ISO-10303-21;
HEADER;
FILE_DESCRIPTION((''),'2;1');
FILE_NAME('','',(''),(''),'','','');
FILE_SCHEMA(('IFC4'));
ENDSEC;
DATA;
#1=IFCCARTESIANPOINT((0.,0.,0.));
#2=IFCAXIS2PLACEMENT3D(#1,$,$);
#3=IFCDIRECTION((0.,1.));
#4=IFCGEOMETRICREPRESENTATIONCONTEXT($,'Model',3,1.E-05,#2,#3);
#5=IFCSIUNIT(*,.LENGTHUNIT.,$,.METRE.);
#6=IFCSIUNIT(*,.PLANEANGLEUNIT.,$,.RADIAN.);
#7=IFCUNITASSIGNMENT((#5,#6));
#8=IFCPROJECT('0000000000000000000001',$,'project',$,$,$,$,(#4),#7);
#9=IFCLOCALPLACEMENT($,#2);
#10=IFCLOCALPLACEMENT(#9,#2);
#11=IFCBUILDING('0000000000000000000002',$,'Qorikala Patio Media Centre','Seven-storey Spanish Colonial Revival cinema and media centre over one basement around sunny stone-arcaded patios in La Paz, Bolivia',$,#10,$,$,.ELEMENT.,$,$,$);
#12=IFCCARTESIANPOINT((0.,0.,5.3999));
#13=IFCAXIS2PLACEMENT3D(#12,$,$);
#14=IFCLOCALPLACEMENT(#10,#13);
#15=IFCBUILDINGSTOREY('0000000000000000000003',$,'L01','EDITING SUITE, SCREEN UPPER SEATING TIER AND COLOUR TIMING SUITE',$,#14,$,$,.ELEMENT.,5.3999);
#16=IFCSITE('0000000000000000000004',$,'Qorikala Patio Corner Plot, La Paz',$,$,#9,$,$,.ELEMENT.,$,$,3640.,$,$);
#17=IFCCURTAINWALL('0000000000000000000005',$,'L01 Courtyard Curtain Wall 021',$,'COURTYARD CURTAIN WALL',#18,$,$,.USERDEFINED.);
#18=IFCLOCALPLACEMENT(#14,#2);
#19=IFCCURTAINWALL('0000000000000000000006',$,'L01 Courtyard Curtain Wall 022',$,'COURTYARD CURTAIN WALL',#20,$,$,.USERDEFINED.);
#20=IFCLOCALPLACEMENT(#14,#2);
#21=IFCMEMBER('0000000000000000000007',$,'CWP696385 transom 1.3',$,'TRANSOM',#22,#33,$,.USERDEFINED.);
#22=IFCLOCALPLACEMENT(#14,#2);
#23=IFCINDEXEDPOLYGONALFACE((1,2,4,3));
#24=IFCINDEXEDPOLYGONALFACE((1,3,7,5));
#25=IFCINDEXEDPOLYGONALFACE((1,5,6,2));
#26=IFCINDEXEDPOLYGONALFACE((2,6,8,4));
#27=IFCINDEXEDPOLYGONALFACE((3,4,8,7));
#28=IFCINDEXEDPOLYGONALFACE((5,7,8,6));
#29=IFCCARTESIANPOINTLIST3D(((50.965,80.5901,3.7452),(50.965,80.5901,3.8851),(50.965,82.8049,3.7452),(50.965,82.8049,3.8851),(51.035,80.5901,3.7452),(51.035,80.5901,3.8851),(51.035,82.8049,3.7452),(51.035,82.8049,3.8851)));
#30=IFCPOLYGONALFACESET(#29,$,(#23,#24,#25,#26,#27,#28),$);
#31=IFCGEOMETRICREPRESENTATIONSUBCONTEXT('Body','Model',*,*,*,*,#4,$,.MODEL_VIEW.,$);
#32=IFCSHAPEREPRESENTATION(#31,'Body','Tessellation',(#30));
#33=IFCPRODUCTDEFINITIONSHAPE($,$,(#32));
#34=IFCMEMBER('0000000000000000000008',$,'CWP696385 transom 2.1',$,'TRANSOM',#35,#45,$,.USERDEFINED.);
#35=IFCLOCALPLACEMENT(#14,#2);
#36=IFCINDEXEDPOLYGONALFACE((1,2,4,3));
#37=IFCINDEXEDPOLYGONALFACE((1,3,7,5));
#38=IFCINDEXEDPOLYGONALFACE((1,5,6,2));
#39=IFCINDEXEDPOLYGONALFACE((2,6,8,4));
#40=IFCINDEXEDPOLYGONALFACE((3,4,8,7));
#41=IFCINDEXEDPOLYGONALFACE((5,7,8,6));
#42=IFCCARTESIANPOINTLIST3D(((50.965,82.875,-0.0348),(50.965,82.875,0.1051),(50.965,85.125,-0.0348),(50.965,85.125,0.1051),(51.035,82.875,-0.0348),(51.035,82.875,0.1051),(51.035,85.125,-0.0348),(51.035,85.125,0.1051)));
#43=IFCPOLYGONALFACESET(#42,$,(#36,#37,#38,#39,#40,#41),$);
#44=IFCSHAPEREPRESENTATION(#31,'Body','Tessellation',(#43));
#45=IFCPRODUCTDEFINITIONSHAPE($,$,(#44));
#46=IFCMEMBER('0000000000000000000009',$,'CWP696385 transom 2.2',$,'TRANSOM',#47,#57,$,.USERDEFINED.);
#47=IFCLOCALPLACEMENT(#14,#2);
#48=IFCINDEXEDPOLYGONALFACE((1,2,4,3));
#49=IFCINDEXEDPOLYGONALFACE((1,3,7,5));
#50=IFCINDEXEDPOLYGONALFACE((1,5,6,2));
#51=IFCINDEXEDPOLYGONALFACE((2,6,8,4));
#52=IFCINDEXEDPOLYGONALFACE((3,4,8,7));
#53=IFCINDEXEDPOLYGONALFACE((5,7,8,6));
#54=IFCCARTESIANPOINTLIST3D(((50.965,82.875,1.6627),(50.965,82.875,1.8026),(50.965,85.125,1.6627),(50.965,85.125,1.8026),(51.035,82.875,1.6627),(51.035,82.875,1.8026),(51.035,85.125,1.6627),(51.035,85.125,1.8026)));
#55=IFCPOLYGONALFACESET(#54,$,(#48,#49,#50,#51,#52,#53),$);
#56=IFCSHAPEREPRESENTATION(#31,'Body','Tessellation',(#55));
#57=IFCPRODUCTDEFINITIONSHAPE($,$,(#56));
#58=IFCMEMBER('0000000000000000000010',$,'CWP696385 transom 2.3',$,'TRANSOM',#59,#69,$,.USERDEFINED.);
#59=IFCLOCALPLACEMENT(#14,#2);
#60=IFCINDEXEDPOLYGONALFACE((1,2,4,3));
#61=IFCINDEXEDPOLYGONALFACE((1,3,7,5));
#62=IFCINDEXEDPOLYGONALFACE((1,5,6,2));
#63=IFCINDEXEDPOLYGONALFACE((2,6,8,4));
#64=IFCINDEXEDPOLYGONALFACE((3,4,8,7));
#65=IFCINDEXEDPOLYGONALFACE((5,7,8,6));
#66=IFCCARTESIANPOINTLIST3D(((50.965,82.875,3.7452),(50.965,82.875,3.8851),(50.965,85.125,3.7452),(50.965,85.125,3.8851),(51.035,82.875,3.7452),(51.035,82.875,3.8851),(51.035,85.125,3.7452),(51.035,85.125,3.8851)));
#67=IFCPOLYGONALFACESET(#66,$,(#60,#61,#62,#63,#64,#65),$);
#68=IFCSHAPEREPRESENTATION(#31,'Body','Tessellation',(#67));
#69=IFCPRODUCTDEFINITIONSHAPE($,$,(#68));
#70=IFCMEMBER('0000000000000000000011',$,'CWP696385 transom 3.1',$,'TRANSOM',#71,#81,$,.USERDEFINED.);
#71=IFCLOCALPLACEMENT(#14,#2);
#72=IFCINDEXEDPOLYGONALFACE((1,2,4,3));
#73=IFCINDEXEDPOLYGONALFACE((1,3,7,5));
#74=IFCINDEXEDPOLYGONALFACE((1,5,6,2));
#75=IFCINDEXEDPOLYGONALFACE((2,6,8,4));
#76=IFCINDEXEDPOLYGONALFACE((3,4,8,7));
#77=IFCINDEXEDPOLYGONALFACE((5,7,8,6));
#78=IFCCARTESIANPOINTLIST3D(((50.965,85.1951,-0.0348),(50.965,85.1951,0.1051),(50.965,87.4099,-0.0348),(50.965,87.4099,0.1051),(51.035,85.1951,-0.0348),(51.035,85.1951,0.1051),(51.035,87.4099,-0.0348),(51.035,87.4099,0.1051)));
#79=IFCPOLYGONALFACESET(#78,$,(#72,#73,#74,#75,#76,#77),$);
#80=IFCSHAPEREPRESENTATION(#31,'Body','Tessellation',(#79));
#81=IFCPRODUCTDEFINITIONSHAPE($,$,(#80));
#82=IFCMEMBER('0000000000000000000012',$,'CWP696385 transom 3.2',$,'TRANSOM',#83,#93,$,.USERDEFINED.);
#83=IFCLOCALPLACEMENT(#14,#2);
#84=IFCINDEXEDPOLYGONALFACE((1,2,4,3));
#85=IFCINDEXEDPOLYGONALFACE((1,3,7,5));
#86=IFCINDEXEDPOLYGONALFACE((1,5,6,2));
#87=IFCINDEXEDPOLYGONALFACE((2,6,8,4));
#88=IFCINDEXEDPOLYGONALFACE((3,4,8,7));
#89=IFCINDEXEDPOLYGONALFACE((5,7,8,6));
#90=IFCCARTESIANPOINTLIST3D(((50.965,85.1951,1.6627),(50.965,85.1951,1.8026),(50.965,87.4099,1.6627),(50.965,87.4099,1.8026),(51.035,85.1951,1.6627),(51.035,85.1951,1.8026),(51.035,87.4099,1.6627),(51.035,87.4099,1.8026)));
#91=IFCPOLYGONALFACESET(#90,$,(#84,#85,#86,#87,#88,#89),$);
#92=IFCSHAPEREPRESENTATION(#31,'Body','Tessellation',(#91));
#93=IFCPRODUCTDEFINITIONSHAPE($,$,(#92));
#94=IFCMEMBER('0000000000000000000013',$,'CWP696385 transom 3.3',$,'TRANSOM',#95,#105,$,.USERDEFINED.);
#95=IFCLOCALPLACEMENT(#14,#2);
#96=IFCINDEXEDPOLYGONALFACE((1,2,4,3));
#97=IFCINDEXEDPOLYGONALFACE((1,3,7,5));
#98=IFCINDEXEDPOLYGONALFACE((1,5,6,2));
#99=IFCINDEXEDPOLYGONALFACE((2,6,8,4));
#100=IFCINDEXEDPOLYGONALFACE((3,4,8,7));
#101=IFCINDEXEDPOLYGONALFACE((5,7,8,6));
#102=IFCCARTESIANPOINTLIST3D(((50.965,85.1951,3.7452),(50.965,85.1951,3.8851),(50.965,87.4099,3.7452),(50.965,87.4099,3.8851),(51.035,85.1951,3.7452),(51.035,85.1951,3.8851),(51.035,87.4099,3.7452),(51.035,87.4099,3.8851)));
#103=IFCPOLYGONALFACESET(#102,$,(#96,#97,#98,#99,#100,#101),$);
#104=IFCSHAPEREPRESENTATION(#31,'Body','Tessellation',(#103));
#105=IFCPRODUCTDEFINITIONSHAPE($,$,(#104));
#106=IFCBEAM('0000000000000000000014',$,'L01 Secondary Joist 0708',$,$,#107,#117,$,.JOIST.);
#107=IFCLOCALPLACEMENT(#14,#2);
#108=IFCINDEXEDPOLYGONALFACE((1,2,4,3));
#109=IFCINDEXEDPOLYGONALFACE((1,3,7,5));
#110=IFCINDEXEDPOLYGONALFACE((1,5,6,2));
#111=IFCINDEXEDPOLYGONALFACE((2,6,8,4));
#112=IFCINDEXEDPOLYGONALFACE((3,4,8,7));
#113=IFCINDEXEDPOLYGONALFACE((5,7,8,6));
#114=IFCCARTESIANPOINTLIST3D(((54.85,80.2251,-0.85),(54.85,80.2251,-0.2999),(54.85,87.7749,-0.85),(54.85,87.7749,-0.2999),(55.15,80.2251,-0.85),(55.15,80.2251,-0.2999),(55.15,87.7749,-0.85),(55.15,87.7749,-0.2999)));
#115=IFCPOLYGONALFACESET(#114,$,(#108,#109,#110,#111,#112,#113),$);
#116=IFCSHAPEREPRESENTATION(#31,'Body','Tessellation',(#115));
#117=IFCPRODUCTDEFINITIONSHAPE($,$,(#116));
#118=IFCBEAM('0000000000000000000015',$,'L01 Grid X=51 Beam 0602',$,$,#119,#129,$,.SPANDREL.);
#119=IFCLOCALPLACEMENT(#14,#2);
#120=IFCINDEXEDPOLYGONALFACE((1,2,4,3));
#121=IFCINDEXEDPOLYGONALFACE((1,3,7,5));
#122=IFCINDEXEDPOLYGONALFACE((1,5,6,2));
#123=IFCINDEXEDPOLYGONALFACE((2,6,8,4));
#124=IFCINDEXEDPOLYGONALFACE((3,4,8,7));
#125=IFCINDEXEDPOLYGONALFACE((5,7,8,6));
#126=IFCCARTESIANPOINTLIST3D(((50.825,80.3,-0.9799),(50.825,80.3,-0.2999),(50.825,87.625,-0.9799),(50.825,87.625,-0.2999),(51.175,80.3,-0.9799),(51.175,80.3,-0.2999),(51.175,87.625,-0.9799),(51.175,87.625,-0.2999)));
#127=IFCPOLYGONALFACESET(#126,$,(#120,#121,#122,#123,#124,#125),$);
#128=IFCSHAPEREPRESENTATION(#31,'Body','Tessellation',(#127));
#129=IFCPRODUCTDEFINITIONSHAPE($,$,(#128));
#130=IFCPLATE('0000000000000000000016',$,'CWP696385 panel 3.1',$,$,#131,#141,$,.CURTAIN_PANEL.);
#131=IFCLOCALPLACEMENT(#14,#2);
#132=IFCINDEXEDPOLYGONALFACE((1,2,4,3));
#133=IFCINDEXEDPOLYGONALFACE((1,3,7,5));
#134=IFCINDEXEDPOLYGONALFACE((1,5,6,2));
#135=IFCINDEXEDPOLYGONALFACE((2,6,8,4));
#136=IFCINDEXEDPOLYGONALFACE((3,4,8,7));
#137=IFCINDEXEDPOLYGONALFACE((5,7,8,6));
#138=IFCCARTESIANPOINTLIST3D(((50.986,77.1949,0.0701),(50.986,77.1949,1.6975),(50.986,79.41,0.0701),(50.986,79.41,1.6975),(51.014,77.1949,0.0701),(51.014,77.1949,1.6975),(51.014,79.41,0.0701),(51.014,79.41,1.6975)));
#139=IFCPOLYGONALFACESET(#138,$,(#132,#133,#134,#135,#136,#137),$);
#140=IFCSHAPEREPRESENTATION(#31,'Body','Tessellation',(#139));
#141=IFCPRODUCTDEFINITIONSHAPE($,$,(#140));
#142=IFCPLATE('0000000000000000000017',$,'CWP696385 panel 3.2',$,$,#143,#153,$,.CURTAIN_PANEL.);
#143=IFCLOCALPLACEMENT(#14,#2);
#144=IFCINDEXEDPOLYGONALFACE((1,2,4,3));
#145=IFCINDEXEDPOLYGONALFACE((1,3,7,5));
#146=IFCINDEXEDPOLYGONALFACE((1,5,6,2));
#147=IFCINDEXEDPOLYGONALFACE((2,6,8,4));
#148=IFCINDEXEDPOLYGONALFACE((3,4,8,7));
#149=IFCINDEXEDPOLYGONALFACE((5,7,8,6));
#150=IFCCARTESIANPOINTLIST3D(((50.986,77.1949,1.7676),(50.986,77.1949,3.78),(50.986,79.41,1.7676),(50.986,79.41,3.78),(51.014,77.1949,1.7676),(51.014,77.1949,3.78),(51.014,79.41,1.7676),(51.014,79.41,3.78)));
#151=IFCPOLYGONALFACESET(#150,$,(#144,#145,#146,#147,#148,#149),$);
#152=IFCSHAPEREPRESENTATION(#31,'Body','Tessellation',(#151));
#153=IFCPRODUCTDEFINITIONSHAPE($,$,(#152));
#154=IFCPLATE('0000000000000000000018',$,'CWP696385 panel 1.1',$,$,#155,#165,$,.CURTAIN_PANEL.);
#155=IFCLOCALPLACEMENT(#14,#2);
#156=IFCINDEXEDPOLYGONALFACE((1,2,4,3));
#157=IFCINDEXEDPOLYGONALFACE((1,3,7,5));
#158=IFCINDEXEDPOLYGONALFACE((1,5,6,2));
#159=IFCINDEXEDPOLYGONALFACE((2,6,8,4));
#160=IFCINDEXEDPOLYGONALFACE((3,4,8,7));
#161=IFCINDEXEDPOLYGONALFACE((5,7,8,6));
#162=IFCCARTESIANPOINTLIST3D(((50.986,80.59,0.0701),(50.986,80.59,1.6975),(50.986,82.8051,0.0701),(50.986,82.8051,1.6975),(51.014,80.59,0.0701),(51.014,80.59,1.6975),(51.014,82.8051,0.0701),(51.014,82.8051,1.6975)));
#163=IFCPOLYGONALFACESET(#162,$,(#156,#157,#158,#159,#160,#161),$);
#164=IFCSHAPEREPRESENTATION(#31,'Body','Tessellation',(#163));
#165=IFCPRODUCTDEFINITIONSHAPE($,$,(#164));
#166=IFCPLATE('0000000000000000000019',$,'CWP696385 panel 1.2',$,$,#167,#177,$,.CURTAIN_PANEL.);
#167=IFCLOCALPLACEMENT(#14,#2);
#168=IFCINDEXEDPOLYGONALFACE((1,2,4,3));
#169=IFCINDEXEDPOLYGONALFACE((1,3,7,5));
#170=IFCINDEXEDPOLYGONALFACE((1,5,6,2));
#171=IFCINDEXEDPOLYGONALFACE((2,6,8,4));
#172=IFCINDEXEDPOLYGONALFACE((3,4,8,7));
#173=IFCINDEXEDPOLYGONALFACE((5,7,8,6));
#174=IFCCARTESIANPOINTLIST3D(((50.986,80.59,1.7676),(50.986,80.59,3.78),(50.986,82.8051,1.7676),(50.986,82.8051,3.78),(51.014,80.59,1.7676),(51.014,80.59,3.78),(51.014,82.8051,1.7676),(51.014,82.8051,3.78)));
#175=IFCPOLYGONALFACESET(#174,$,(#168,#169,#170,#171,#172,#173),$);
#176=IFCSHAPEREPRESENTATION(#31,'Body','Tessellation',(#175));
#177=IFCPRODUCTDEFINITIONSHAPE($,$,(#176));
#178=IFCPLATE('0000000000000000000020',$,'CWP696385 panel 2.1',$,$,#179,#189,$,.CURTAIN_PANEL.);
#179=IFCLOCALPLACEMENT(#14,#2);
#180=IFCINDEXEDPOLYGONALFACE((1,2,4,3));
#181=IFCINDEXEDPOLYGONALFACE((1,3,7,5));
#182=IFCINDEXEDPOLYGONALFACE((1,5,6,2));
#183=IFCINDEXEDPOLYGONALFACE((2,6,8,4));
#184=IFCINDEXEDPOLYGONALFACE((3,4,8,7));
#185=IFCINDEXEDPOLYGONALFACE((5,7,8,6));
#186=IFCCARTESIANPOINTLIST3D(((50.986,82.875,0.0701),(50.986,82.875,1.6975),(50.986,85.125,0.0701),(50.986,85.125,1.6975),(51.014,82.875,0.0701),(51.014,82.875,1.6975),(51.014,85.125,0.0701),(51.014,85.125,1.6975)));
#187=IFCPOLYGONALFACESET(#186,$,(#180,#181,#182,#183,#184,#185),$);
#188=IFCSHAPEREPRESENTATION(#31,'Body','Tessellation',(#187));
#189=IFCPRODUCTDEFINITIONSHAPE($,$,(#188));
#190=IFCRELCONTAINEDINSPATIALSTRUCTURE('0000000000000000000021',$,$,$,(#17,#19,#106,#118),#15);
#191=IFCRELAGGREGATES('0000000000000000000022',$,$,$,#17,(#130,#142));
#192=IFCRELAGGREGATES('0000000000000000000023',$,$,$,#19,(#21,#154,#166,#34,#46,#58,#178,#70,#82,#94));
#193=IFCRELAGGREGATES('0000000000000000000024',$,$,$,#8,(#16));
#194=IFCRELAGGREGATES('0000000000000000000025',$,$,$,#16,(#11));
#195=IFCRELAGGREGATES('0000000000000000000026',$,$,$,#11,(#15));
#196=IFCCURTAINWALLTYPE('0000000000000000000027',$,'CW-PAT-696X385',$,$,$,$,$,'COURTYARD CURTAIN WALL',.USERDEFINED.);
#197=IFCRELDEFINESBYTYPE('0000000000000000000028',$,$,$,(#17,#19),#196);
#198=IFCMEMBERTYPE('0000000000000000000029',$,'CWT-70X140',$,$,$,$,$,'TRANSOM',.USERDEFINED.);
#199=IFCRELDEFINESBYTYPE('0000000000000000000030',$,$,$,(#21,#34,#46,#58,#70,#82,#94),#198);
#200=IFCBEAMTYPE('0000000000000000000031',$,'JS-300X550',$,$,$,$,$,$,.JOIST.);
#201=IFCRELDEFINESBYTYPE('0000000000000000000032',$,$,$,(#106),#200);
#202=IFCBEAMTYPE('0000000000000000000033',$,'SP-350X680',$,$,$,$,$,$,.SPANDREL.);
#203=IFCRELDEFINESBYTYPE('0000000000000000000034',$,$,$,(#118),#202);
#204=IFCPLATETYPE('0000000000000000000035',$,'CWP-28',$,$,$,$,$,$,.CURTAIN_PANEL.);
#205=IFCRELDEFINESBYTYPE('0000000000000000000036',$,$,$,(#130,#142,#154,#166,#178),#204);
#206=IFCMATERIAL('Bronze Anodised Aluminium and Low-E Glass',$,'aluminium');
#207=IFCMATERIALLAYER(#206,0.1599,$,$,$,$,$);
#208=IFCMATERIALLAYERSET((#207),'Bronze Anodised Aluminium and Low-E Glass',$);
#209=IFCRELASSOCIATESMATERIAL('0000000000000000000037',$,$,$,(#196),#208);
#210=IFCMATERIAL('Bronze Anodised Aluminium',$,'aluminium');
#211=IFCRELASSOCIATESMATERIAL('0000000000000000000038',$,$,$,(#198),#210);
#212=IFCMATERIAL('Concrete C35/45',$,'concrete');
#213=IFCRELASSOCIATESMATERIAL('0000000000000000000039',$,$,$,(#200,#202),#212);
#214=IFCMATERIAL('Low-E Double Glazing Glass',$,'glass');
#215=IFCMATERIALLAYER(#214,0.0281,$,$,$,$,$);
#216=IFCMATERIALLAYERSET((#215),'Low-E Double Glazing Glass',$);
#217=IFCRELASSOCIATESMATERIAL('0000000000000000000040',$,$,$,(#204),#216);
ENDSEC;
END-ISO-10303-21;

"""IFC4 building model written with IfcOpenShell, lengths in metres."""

from ifc_helpers import new_model, si_unit, direction, frame, origin, origin_2d, place, context, subcontext, project, spatial, rectangle, extrude, material, layer, layer_set, material_profile, profile_set, type_object, element, aggregate, save


model = new_model("IFC4")

# Units and contexts
model_context = context("Model", 3, precision=1e-05, world=origin(), true_north=direction((0.0, 1.0)))
body_context = subcontext(model_context, "Body", "Model", "MODEL_VIEW")
ifc_project = project(units=[si_unit("LENGTHUNIT", "METRE"), si_unit("PLANEANGLEUNIT", "RADIAN")], contexts=[model_context])

# Site, building, storey
site_placement = place(None, origin())
site = spatial("IfcSite", under=ifc_project, at=site_placement, Name="Qorikala Patio Corner Plot, La Paz", CompositionType="ELEMENT", RefElevation=3640.0)
building_placement = place(site_placement, origin())
building = spatial("IfcBuilding", under=site, at=building_placement, Name="Qorikala Patio Media Centre", Description="Seven-storey Spanish Colonial Revival cinema and media centre over one basement around sunny stone-arcaded patios in La Paz, Bolivia", CompositionType="ELEMENT")
storey_placement = place(building_placement, frame((0.0, 0.0, 5.3999)))
storey = spatial("IfcBuildingStorey", under=building, at=storey_placement, Name="L01", Description="EDITING SUITE, SCREEN UPPER SEATING TIER AND COLOUR TIMING SUITE", CompositionType="ELEMENT", Elevation=5.3999)

# Shared definitions
ifc_material_1 = material(Name="Concrete C35/45", Category="concrete")

# Curtain wall
ifc_material_2 = material(Name="Bronze Anodised Aluminium and Low-E Glass", Category="aluminium")
ifc_layer_1 = layer(ifc_material_2, 0.1599)
ifc_layer_set_1 = layer_set([ifc_layer_1], Name="Bronze Anodised Aluminium and Low-E Glass")
curtain_wall_type = type_object("IfcCurtainWallType", Name="CW-PAT-696X385", ElementType="COURTYARD CURTAIN WALL", PredefinedType="USERDEFINED", material=ifc_layer_set_1)
curtain_wall_1_placement = place(storey_placement, origin())
curtain_wall_1 = element("IfcCurtainWall", 1, at=curtain_wall_1_placement, inside=storey, type_object=curtain_wall_type, Name="L01 Courtyard Curtain Wall 021", ObjectType="COURTYARD CURTAIN WALL", PredefinedType="USERDEFINED")
ifc_material_3 = material(Name="Bronze Anodised Aluminium", Category="aluminium")

# Curtain wall
curtain_wall_2_placement = place(storey_placement, origin())
curtain_wall_2 = element("IfcCurtainWall", 2, at=curtain_wall_2_placement, inside=storey, type_object=curtain_wall_type, Name="L01 Courtyard Curtain Wall 022", ObjectType="COURTYARD CURTAIN WALL", PredefinedType="USERDEFINED")

# Members
ifc_material_profile_1 = material_profile(ifc_material_3, rectangle(XDim=0.0701, YDim=0.1399, at=origin_2d()), Name="ALU TRANSOM 70x140")
ifc_profile_set_1 = profile_set([ifc_material_profile_1], Name="Bronze Anodised Aluminium")
member_type_1 = type_object("IfcMemberType", Name="CWT-70X140", ElementType="TRANSOM", PredefinedType="USERDEFINED", material=ifc_profile_set_1)
member_1_placement = place(storey_placement, frame((51.0, 80.5901, 3.8152), z_axis=(0.0, 1.0, 0.0), x_axis=(-1.0, 0.0, 0.0)))
member_1 = element("IfcMember", 3, at=member_1_placement, type_object=member_type_1, Name="CWP696385 transom 1.3", ObjectType="TRANSOM", PredefinedType="USERDEFINED", context=body_context, shape_type="SweptSolid", body=[
    extrude(rectangle(XDim=0.0701, YDim=0.1399, at=origin_2d()), origin(), (0.0, 0.0, 1.0), 2.2148),
])
member_2_placement = place(storey_placement, frame((51.0, 82.875, 0.0352), z_axis=(0.0, 1.0, 0.0), x_axis=(-1.0, 0.0, 0.0)))
member_2 = element("IfcMember", 4, at=member_2_placement, type_object=member_type_1, Name="CWP696385 transom 2.1", ObjectType="TRANSOM", PredefinedType="USERDEFINED", context=body_context, shape_type="SweptSolid", body=[
    extrude(rectangle(XDim=0.0701, YDim=0.1399, at=origin_2d()), origin(), (0.0, 0.0, 1.0), 2.25),
])
member_3_placement = place(storey_placement, frame((51.0, 82.875, 1.7327), z_axis=(0.0, 1.0, 0.0), x_axis=(-1.0, 0.0, 0.0)))
member_3 = element("IfcMember", 5, at=member_3_placement, type_object=member_type_1, Name="CWP696385 transom 2.2", ObjectType="TRANSOM", PredefinedType="USERDEFINED", context=body_context, shape_type="SweptSolid", body=[
    extrude(rectangle(XDim=0.0701, YDim=0.1399, at=origin_2d()), origin(), (0.0, 0.0, 1.0), 2.25),
])
member_4_placement = place(storey_placement, frame((51.0, 82.875, 3.8152), z_axis=(0.0, 1.0, 0.0), x_axis=(-1.0, 0.0, 0.0)))
member_4 = element("IfcMember", 6, at=member_4_placement, type_object=member_type_1, Name="CWP696385 transom 2.3", ObjectType="TRANSOM", PredefinedType="USERDEFINED", context=body_context, shape_type="SweptSolid", body=[
    extrude(rectangle(XDim=0.0701, YDim=0.1399, at=origin_2d()), origin(), (0.0, 0.0, 1.0), 2.25),
])
member_5_placement = place(storey_placement, frame((51.0, 85.1951, 0.0352), z_axis=(0.0, 1.0, 0.0), x_axis=(-1.0, 0.0, 0.0)))
member_5 = element("IfcMember", 7, at=member_5_placement, type_object=member_type_1, Name="CWP696385 transom 3.1", ObjectType="TRANSOM", PredefinedType="USERDEFINED", context=body_context, shape_type="SweptSolid", body=[
    extrude(rectangle(XDim=0.0701, YDim=0.1399, at=origin_2d()), origin(), (0.0, 0.0, 1.0), 2.2148),
])
member_6_placement = place(storey_placement, frame((51.0, 85.1951, 1.7327), z_axis=(0.0, 1.0, 0.0), x_axis=(-1.0, 0.0, 0.0)))
member_6 = element("IfcMember", 8, at=member_6_placement, type_object=member_type_1, Name="CWP696385 transom 3.2", ObjectType="TRANSOM", PredefinedType="USERDEFINED", context=body_context, shape_type="SweptSolid", body=[
    extrude(rectangle(XDim=0.0701, YDim=0.1399, at=origin_2d()), origin(), (0.0, 0.0, 1.0), 2.2148),
])
member_7_placement = place(storey_placement, frame((51.0, 85.1951, 3.8152), z_axis=(0.0, 1.0, 0.0), x_axis=(-1.0, 0.0, 0.0)))
member_7 = element("IfcMember", 9, at=member_7_placement, type_object=member_type_1, Name="CWP696385 transom 3.3", ObjectType="TRANSOM", PredefinedType="USERDEFINED", context=body_context, shape_type="SweptSolid", body=[
    extrude(rectangle(XDim=0.0701, YDim=0.1399, at=origin_2d()), origin(), (0.0, 0.0, 1.0), 2.2148),
])

# Beams
ifc_material_profile_2 = material_profile(ifc_material_1, rectangle(XDim=0.3, YDim=0.55, at=origin_2d()), Name="RC 300x550")
ifc_profile_set_2 = profile_set([ifc_material_profile_2], Name="Concrete C35/45")
beam_type_1 = type_object("IfcBeamType", Name="JS-300X550", PredefinedType="JOIST", material=ifc_profile_set_2)
beam_1_placement = place(storey_placement, frame((55.0, 80.2251, -0.575), z_axis=(0.0, 1.0, 0.0), x_axis=(-1.0, 0.0, 0.0)))
element("IfcBeam", 10, at=beam_1_placement, inside=storey, type_object=beam_type_1, Name="L01 Secondary Joist 0708", PredefinedType="JOIST", context=body_context, shape_type="SweptSolid", body=[
    extrude(rectangle(XDim=0.3, YDim=0.55, at=origin_2d()), origin(), (0.0, 0.0, 1.0), 7.5498),
])
ifc_material_profile_3 = material_profile(ifc_material_1, rectangle(XDim=0.3501, YDim=0.6799, at=origin_2d()), Name="RC 350x680")
ifc_profile_set_3 = profile_set([ifc_material_profile_3], Name="Concrete C35/45")
beam_type_2 = type_object("IfcBeamType", Name="SP-350X680", PredefinedType="SPANDREL", material=ifc_profile_set_3)
beam_2_placement = place(storey_placement, frame((51.0, 80.3, -0.6399), z_axis=(0.0, 1.0, 0.0), x_axis=(-1.0, 0.0, 0.0)))
element("IfcBeam", 11, at=beam_2_placement, inside=storey, type_object=beam_type_2, Name="L01 Grid X=51 Beam 0602", PredefinedType="SPANDREL", context=body_context, shape_type="SweptSolid", body=[
    extrude(rectangle(XDim=0.3501, YDim=0.6799, at=origin_2d()), origin(), (0.0, 0.0, 1.0), 7.325),
])

# Plates
ifc_material_4 = material(Name="Low-E Double Glazing Glass", Category="glass")
ifc_layer_2 = layer(ifc_material_4, 0.0281)
ifc_layer_set_2 = layer_set([ifc_layer_2], Name="Low-E Double Glazing Glass")
plate_type = type_object("IfcPlateType", Name="CWP-28", PredefinedType="CURTAIN_PANEL", material=ifc_layer_set_2)
plate_1_placement = place(storey_placement, frame((51.0, 78.3025, 0.0701), z_axis=(0.0, 0.0, 1.0), x_axis=(0.0, 1.0, 0.0)))
plate_1 = element("IfcPlate", 12, at=plate_1_placement, type_object=plate_type, Name="CWP696385 panel 3.1", PredefinedType="CURTAIN_PANEL", context=body_context, shape_type="SweptSolid", body=[
    extrude(rectangle(XDim=2.2151, YDim=0.0281, at=origin_2d()), origin(), (0.0, 0.0, 1.0), 1.6274),
])
plate_2_placement = place(storey_placement, frame((51.0, 78.3025, 1.7676), z_axis=(0.0, 0.0, 1.0), x_axis=(0.0, 1.0, 0.0)))
plate_2 = element("IfcPlate", 13, at=plate_2_placement, type_object=plate_type, Name="CWP696385 panel 3.2", PredefinedType="CURTAIN_PANEL", context=body_context, shape_type="SweptSolid", body=[
    extrude(rectangle(XDim=2.2151, YDim=0.0281, at=origin_2d()), origin(), (0.0, 0.0, 1.0), 2.0125),
])
aggregate(curtain_wall_1, [plate_1, plate_2])
plate_3_placement = place(storey_placement, frame((51.0, 81.6975, 0.0701), z_axis=(0.0, 0.0, 1.0), x_axis=(0.0, 1.0, 0.0)))
plate_3 = element("IfcPlate", 14, at=plate_3_placement, type_object=plate_type, Name="CWP696385 panel 1.1", PredefinedType="CURTAIN_PANEL", context=body_context, shape_type="SweptSolid", body=[
    extrude(rectangle(XDim=2.2151, YDim=0.0281, at=origin_2d()), origin(), (0.0, 0.0, 1.0), 1.6274),
])
plate_4_placement = place(storey_placement, frame((51.0, 81.6975, 1.7676), z_axis=(0.0, 0.0, 1.0), x_axis=(0.0, 1.0, 0.0)))
plate_4 = element("IfcPlate", 15, at=plate_4_placement, type_object=plate_type, Name="CWP696385 panel 1.2", PredefinedType="CURTAIN_PANEL", context=body_context, shape_type="SweptSolid", body=[
    extrude(rectangle(XDim=2.2151, YDim=0.0281, at=origin_2d()), origin(), (0.0, 0.0, 1.0), 2.0125),
])
plate_5_placement = place(storey_placement, frame((51.0, 84.0, 0.0701), z_axis=(0.0, 0.0, 1.0), x_axis=(0.0, 1.0, 0.0)))
plate_5 = element("IfcPlate", 16, at=plate_5_placement, type_object=plate_type, Name="CWP696385 panel 2.1", PredefinedType="CURTAIN_PANEL", context=body_context, shape_type="SweptSolid", body=[
    extrude(rectangle(XDim=2.25, YDim=0.0281, at=origin_2d()), origin(), (0.0, 0.0, 1.0), 1.6274),
])
aggregate(curtain_wall_2, [member_1, plate_3, plate_4, member_2, member_3, member_4, plate_5, member_5, member_6, member_7])

save(model, "model.ifc")
